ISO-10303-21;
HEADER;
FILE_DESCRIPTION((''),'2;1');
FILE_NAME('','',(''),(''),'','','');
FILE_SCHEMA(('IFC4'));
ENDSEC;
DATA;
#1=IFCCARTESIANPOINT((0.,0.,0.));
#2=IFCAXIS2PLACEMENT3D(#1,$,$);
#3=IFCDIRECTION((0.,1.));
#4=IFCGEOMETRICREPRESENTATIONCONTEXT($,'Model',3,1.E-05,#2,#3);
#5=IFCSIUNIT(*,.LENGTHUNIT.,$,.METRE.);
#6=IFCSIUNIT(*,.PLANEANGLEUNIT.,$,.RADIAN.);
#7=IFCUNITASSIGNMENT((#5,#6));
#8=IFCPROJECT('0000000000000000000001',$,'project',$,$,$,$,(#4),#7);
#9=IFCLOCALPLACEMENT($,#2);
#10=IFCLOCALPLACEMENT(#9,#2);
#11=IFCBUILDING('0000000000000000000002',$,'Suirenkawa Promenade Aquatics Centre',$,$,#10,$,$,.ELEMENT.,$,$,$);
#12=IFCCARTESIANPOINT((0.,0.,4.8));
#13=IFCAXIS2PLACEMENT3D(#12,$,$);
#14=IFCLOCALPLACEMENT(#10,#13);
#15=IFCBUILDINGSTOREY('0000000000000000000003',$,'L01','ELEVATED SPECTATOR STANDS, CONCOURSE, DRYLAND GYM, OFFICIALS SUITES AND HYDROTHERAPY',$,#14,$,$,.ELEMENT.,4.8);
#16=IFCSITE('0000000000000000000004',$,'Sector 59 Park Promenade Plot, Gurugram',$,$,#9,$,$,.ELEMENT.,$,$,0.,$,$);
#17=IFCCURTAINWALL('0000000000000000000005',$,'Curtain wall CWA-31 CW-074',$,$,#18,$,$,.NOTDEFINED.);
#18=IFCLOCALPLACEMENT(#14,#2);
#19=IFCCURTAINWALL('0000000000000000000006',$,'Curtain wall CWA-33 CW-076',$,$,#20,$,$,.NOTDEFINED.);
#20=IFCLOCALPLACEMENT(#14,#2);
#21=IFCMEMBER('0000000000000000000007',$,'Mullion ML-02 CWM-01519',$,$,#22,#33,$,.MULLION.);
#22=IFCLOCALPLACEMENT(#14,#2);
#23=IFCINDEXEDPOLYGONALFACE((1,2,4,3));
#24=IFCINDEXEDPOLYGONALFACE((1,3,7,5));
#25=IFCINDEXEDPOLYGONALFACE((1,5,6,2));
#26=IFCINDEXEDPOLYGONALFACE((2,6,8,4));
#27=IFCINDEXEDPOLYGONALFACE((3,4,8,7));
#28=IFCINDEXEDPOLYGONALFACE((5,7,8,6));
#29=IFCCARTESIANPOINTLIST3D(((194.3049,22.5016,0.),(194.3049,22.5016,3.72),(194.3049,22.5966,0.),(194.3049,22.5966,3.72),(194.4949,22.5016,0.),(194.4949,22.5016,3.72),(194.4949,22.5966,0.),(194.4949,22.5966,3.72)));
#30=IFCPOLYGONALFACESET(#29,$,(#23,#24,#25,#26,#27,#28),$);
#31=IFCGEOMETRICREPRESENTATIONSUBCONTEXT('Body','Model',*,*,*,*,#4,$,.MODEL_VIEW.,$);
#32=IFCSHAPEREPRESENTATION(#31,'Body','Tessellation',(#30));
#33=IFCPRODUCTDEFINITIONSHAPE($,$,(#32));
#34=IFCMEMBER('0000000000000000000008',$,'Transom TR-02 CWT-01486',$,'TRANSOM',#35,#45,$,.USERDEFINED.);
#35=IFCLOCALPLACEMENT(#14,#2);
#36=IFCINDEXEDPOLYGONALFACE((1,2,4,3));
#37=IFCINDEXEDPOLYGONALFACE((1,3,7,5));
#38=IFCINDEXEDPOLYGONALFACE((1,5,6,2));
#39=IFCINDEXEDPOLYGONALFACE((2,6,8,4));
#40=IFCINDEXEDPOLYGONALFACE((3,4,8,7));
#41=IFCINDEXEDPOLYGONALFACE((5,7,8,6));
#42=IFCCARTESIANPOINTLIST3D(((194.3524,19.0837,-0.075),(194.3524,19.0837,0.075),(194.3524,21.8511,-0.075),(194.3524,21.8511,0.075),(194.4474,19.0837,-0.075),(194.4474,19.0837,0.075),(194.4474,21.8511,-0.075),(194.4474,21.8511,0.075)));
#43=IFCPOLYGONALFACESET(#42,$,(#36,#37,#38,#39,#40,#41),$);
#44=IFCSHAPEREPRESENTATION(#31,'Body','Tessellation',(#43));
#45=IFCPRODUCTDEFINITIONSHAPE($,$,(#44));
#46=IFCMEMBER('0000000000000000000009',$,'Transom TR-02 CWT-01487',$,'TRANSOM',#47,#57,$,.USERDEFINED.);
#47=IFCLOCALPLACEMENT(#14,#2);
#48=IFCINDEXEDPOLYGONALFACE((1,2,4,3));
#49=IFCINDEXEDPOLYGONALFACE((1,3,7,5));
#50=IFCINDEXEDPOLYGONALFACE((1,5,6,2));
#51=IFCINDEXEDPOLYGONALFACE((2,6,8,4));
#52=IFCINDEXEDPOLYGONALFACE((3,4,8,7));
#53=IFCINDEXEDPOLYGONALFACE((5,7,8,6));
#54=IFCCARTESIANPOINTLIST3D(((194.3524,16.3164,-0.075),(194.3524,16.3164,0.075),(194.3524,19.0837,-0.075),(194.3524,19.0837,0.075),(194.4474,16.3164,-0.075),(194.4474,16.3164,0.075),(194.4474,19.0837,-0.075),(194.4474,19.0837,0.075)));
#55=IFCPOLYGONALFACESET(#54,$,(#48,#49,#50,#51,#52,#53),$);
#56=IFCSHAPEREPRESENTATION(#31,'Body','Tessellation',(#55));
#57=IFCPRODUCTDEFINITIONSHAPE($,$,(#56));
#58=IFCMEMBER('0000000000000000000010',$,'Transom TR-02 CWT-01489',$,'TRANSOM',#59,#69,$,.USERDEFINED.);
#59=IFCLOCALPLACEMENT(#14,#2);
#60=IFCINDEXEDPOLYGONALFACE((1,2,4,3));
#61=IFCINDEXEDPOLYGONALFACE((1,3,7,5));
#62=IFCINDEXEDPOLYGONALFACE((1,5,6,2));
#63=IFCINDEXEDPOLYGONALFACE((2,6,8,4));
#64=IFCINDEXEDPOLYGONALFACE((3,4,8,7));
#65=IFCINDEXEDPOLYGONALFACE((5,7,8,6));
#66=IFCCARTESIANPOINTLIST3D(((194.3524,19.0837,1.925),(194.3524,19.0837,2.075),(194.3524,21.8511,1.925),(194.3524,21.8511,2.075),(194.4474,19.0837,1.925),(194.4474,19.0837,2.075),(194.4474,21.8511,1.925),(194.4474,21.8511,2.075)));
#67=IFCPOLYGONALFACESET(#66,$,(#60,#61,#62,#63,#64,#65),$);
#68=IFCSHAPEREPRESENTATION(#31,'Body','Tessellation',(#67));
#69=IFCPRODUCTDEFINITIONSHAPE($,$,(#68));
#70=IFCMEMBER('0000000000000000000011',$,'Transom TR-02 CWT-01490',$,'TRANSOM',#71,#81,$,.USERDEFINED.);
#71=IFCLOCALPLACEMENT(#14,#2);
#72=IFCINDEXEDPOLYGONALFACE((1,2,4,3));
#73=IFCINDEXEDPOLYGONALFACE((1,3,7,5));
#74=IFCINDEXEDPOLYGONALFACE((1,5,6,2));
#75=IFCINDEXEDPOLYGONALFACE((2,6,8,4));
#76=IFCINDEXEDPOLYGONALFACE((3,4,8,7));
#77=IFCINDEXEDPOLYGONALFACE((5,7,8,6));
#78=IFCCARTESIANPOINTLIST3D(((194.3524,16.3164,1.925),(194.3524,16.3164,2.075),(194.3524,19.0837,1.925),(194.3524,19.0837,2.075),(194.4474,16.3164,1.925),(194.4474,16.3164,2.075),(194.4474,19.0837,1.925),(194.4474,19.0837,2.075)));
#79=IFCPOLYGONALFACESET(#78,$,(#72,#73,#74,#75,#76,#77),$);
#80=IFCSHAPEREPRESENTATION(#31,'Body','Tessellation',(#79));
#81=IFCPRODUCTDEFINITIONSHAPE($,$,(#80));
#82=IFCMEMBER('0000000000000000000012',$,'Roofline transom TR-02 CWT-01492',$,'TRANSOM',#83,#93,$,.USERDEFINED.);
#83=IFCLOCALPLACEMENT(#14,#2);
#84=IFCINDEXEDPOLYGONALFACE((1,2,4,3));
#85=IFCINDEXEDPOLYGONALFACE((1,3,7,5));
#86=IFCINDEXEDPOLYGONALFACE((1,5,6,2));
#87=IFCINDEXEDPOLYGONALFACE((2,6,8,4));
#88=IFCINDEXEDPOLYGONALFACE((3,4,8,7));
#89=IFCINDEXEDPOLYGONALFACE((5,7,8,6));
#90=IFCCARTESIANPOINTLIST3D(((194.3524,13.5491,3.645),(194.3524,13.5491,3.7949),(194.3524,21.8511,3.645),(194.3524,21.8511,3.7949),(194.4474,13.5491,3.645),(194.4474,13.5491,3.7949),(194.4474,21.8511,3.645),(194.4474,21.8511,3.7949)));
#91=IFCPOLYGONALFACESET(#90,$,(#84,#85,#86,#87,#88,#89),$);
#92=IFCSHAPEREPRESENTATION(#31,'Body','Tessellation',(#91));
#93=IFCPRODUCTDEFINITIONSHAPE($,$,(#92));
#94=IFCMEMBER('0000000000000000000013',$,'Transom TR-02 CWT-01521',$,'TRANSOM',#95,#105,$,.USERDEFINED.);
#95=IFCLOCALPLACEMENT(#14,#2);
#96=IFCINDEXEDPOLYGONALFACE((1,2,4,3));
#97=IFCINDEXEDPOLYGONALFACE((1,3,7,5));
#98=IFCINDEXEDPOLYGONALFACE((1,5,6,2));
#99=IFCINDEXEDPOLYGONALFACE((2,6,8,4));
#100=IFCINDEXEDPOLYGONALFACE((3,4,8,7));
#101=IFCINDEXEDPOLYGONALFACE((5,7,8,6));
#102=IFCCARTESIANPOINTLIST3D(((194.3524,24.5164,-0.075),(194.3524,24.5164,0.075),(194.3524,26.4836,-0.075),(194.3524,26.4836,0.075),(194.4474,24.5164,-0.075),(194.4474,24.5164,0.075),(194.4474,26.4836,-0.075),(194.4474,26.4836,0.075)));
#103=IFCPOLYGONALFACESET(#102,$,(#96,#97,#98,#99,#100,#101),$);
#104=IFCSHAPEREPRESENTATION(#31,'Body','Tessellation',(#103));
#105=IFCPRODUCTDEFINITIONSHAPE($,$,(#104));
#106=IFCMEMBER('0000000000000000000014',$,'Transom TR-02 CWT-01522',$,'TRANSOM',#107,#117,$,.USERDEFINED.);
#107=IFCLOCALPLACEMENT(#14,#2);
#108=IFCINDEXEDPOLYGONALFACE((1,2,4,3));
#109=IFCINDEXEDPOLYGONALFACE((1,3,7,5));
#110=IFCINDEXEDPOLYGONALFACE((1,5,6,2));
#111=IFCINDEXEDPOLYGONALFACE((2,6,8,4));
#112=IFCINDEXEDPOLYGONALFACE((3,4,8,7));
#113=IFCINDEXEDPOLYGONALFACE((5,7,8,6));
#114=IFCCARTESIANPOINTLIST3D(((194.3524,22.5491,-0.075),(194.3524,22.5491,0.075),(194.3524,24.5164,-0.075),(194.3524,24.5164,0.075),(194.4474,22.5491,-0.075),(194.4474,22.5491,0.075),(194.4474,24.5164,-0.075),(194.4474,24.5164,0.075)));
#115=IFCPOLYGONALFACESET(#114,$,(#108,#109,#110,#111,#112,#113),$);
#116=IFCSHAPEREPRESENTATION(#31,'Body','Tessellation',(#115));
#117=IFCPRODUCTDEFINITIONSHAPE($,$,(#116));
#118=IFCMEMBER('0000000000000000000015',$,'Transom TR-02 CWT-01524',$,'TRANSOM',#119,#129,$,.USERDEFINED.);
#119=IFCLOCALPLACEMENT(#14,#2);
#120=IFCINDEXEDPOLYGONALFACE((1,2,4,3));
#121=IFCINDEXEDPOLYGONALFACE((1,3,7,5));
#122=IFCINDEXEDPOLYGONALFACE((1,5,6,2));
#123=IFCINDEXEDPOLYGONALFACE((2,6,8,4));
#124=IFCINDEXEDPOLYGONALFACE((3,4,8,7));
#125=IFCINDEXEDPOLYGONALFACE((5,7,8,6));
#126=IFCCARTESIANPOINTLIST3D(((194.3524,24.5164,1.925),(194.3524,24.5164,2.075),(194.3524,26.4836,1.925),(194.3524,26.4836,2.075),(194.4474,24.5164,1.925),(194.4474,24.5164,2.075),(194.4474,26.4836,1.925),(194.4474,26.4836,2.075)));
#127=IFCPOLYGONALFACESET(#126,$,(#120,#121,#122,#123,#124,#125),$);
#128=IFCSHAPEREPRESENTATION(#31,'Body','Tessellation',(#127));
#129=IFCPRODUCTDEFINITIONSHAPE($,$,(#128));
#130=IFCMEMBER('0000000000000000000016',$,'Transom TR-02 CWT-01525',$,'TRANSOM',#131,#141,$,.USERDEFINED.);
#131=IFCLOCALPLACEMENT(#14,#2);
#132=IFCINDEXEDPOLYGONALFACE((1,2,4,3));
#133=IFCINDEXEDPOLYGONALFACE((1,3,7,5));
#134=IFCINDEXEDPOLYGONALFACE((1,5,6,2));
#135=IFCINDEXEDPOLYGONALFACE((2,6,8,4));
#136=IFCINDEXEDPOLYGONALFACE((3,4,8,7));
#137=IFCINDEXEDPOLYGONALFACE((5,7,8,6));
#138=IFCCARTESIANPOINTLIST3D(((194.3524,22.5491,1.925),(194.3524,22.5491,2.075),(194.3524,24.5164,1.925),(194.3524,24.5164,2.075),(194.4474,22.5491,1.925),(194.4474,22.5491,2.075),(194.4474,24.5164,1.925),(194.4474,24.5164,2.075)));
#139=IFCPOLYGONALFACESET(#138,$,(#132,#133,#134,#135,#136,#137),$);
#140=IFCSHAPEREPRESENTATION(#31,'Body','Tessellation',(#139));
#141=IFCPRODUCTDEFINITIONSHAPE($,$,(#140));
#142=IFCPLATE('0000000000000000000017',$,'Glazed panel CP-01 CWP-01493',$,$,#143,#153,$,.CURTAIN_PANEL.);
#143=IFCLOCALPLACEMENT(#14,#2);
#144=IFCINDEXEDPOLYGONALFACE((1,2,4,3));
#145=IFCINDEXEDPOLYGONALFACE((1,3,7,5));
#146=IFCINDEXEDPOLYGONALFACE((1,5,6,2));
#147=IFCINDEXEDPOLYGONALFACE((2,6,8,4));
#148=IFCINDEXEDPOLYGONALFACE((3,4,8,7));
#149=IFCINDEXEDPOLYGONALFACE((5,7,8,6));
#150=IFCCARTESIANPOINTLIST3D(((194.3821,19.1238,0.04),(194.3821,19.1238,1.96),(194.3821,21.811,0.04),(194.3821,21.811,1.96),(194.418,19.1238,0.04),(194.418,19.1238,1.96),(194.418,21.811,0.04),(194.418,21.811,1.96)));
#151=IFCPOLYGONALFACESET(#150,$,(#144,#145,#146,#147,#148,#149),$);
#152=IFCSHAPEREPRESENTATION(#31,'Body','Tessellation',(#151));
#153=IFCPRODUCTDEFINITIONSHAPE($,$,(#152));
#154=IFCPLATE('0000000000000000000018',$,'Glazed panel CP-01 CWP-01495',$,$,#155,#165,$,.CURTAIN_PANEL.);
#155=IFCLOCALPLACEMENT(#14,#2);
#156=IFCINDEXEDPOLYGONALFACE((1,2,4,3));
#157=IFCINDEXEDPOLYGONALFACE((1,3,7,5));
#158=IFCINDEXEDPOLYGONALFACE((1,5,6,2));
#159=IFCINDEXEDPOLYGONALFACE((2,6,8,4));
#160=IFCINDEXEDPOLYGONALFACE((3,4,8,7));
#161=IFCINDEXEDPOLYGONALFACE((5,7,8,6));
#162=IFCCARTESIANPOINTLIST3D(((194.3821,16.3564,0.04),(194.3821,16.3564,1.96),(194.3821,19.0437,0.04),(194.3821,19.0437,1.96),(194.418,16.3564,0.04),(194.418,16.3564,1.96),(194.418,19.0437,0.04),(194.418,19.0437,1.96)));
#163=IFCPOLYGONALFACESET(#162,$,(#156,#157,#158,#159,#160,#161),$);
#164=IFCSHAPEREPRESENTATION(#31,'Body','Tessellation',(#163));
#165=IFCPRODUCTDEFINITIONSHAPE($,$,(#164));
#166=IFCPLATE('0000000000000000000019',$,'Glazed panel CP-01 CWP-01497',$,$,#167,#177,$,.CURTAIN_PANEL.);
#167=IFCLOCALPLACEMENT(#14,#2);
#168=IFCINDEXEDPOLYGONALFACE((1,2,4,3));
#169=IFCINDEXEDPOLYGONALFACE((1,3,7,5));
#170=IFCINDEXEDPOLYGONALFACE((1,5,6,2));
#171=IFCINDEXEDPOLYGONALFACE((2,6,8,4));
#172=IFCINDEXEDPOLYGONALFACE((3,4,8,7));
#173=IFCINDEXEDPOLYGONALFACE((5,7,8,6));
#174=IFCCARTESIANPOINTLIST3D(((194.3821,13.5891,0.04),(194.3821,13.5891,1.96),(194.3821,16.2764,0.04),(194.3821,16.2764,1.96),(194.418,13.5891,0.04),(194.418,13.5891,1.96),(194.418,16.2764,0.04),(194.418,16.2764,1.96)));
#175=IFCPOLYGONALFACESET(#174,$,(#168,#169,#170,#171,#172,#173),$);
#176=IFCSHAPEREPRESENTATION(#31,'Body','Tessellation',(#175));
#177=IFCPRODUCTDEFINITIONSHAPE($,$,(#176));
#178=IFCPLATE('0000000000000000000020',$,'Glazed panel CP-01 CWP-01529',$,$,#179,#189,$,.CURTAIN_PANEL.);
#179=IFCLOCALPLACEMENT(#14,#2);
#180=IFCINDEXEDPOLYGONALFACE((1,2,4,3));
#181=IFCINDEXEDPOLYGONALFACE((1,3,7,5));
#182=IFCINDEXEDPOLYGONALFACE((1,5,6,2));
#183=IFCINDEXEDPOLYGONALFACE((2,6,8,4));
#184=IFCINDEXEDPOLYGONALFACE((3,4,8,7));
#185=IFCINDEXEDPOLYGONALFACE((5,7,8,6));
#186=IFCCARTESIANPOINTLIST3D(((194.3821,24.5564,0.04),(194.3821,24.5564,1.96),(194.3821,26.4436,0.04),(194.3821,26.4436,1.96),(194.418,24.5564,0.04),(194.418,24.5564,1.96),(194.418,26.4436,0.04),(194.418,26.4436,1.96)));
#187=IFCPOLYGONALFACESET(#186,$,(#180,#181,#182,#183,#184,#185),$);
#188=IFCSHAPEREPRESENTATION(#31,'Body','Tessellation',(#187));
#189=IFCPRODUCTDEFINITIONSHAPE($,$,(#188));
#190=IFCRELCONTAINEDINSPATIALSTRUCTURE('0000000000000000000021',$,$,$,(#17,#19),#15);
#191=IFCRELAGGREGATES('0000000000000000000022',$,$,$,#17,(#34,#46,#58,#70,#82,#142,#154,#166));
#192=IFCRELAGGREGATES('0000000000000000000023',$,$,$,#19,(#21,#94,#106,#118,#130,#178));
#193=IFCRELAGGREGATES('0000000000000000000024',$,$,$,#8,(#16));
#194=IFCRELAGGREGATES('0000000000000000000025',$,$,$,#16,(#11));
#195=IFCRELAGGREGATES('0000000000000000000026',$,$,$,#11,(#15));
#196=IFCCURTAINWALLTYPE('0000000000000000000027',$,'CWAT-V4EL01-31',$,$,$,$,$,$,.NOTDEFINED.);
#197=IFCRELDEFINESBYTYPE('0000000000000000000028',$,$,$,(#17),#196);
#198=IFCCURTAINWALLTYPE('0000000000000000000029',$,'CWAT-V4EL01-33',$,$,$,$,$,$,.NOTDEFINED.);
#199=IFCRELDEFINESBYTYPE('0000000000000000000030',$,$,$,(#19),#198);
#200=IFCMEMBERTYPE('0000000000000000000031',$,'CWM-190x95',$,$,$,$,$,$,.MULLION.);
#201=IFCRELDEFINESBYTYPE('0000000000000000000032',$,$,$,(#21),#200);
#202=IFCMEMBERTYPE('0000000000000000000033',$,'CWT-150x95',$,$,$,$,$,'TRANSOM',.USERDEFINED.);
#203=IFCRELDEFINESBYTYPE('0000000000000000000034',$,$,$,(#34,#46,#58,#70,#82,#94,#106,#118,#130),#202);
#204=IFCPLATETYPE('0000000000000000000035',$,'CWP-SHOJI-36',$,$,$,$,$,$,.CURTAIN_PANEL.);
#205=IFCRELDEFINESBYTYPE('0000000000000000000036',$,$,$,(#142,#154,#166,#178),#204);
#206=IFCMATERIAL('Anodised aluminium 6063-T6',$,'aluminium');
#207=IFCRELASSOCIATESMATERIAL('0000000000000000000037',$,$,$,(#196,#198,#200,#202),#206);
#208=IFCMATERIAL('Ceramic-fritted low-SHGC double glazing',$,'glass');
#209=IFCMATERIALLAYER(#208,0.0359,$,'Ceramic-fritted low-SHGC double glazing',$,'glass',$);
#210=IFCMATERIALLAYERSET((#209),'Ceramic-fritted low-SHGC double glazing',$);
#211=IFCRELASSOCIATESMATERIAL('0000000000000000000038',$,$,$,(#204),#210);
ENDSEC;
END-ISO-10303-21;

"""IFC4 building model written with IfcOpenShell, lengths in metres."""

from ifc_helpers import new_model, si_unit, direction, frame, origin, origin_2d, place, context, subcontext, project, spatial, polyline, rectangle, outline, extrude, material, layer, layer_set, material_profile, profile_set, type_object, element, aggregate, save


model = new_model("IFC4")

# Units and contexts
model_context = context("Model", 3, precision=1e-05, world=origin(), true_north=direction((0.0, 1.0)))
body_context = subcontext(model_context, "Body", "Model", "MODEL_VIEW")
ifc_project = project(units=[si_unit("LENGTHUNIT", "METRE"), si_unit("PLANEANGLEUNIT", "RADIAN")], contexts=[model_context])

# Site, building, storey
site_placement = place(None, origin())
site = spatial("IfcSite", under=ifc_project, at=site_placement, Name="Sector 59 Park Promenade Plot, Gurugram", CompositionType="ELEMENT", RefElevation=0.0)
building_placement = place(site_placement, origin())
building = spatial("IfcBuilding", under=site, at=building_placement, Name="Suirenkawa Promenade Aquatics Centre", CompositionType="ELEMENT")
storey_placement = place(building_placement, frame((0.0, 0.0, 4.8)))
storey = spatial("IfcBuildingStorey", under=building, at=storey_placement, Name="L01", Description="ELEVATED SPECTATOR STANDS, CONCOURSE, DRYLAND GYM, OFFICIALS SUITES AND HYDROTHERAPY", CompositionType="ELEMENT", Elevation=4.8)

# Curtain walls, member
ifc_material_1 = material(Name="Anodised aluminium 6063-T6", Category="aluminium")
curtain_wall_type_1 = type_object("IfcCurtainWallType", Name="CWAT-V4EL01-31", PredefinedType="NOTDEFINED", material=ifc_material_1)
curtain_wall_1_placement = place(storey_placement, origin())
curtain_wall_1 = element("IfcCurtainWall", 1, at=curtain_wall_1_placement, inside=storey, type_object=curtain_wall_type_1, Name="Curtain wall CWA-31 CW-074", PredefinedType="NOTDEFINED")
ifc_material_profile_1 = material_profile(ifc_material_1, rectangle(XDim=0.095, YDim=0.1899, at=origin_2d()), Name="ALU MULL 95x190", Category="aluminium")
ifc_profile_set_1 = profile_set([ifc_material_profile_1], Name="Anodised aluminium 6063-T6")
member_type_1 = type_object("IfcMemberType", Name="CWM-190x95", PredefinedType="MULLION", material=ifc_profile_set_1)
curtain_wall_type_2 = type_object("IfcCurtainWallType", Name="CWAT-V4EL01-33", PredefinedType="NOTDEFINED", material=ifc_material_1)
curtain_wall_2_placement = place(storey_placement, origin())
curtain_wall_2 = element("IfcCurtainWall", 2, at=curtain_wall_2_placement, inside=storey, type_object=curtain_wall_type_2, Name="Curtain wall CWA-33 CW-076", PredefinedType="NOTDEFINED")
member_1_placement = place(storey_placement, frame((194.3999, 22.5491, 0.0), z_axis=(0.0, 0.0, 1.0), x_axis=(0.0, -1.0, 0.0)))
member_1 = element("IfcMember", 3, at=member_1_placement, type_object=member_type_1, Name="Mullion ML-02 CWM-01519", PredefinedType="MULLION", context=body_context, shape_type="SweptSolid", body=[
    extrude(rectangle(XDim=0.095, YDim=0.1899, at=origin_2d()), origin(), (0.0, 0.0, 1.0), 3.72),
])

# Members
ifc_material_profile_2 = material_profile(ifc_material_1, rectangle(XDim=0.095, YDim=0.1499, at=origin_2d()), Name="ALU TRAN 95x150", Category="aluminium")
ifc_profile_set_2 = profile_set([ifc_material_profile_2], Name="Anodised aluminium 6063-T6")
member_type_2 = type_object("IfcMemberType", Name="CWT-150x95", ElementType="TRANSOM", PredefinedType="USERDEFINED", material=ifc_profile_set_2)
member_2_placement = place(storey_placement, frame((194.3999, 21.8511, 0.0), z_axis=(0.0, -1.0, 0.0), x_axis=(1.0, 0.0, 0.0)))
member_2 = element("IfcMember", 4, at=member_2_placement, type_object=member_type_2, Name="Transom TR-02 CWT-01486", ObjectType="TRANSOM", PredefinedType="USERDEFINED", context=body_context, shape_type="SweptSolid", body=[
    extrude(rectangle(XDim=0.095, YDim=0.1499, at=origin_2d()), origin(), (0.0, 0.0, 1.0), 2.7673),
])
member_3_placement = place(storey_placement, frame((194.3999, 19.0837, 0.0), z_axis=(0.0, -1.0, 0.0), x_axis=(1.0, 0.0, 0.0)))
member_3 = element("IfcMember", 5, at=member_3_placement, type_object=member_type_2, Name="Transom TR-02 CWT-01487", ObjectType="TRANSOM", PredefinedType="USERDEFINED", context=body_context, shape_type="SweptSolid", body=[
    extrude(rectangle(XDim=0.095, YDim=0.1499, at=origin_2d()), origin(), (0.0, 0.0, 1.0), 2.7673),
])
member_4_placement = place(storey_placement, frame((194.3999, 21.8511, 2.0), z_axis=(0.0, -1.0, 0.0), x_axis=(1.0, 0.0, 0.0)))
member_4 = element("IfcMember", 6, at=member_4_placement, type_object=member_type_2, Name="Transom TR-02 CWT-01489", ObjectType="TRANSOM", PredefinedType="USERDEFINED", context=body_context, shape_type="SweptSolid", body=[
    extrude(rectangle(XDim=0.095, YDim=0.1499, at=origin_2d()), origin(), (0.0, 0.0, 1.0), 2.7673),
])
member_5_placement = place(storey_placement, frame((194.3999, 19.0837, 2.0), z_axis=(0.0, -1.0, 0.0), x_axis=(1.0, 0.0, 0.0)))
member_5 = element("IfcMember", 7, at=member_5_placement, type_object=member_type_2, Name="Transom TR-02 CWT-01490", ObjectType="TRANSOM", PredefinedType="USERDEFINED", context=body_context, shape_type="SweptSolid", body=[
    extrude(rectangle(XDim=0.095, YDim=0.1499, at=origin_2d()), origin(), (0.0, 0.0, 1.0), 2.7673),
])
member_6_placement = place(storey_placement, frame((194.3999, 21.8511, 3.72), z_axis=(0.0, -1.0, 0.0), x_axis=(1.0, 0.0, 0.0)))
member_6 = element("IfcMember", 8, at=member_6_placement, type_object=member_type_2, Name="Roofline transom TR-02 CWT-01492", ObjectType="TRANSOM", PredefinedType="USERDEFINED", context=body_context, shape_type="SweptSolid", body=[
    extrude(rectangle(XDim=0.095, YDim=0.1499, at=origin_2d()), origin(), (0.0, 0.0, 1.0), 8.302),
])
member_7_placement = place(storey_placement, frame((194.3999, 26.4836, 0.0), z_axis=(0.0, -1.0, 0.0), x_axis=(1.0, 0.0, 0.0)))
member_7 = element("IfcMember", 9, at=member_7_placement, type_object=member_type_2, Name="Transom TR-02 CWT-01521", ObjectType="TRANSOM", PredefinedType="USERDEFINED", context=body_context, shape_type="SweptSolid", body=[
    extrude(rectangle(XDim=0.095, YDim=0.1499, at=origin_2d()), origin(), (0.0, 0.0, 1.0), 1.9673),
])
member_8_placement = place(storey_placement, frame((194.3999, 24.5164, 0.0), z_axis=(0.0, -1.0, 0.0), x_axis=(1.0, 0.0, 0.0)))
member_8 = element("IfcMember", 10, at=member_8_placement, type_object=member_type_2, Name="Transom TR-02 CWT-01522", ObjectType="TRANSOM", PredefinedType="USERDEFINED", context=body_context, shape_type="SweptSolid", body=[
    extrude(rectangle(XDim=0.095, YDim=0.1499, at=origin_2d()), origin(), (0.0, 0.0, 1.0), 1.9673),
])
member_9_placement = place(storey_placement, frame((194.3999, 26.4836, 2.0), z_axis=(0.0, -1.0, 0.0), x_axis=(1.0, 0.0, 0.0)))
member_9 = element("IfcMember", 11, at=member_9_placement, type_object=member_type_2, Name="Transom TR-02 CWT-01524", ObjectType="TRANSOM", PredefinedType="USERDEFINED", context=body_context, shape_type="SweptSolid", body=[
    extrude(rectangle(XDim=0.095, YDim=0.1499, at=origin_2d()), origin(), (0.0, 0.0, 1.0), 1.9673),
])
member_10_placement = place(storey_placement, frame((194.3999, 24.5164, 2.0), z_axis=(0.0, -1.0, 0.0), x_axis=(1.0, 0.0, 0.0)))
member_10 = element("IfcMember", 12, at=member_10_placement, type_object=member_type_2, Name="Transom TR-02 CWT-01525", ObjectType="TRANSOM", PredefinedType="USERDEFINED", context=body_context, shape_type="SweptSolid", body=[
    extrude(rectangle(XDim=0.095, YDim=0.1499, at=origin_2d()), origin(), (0.0, 0.0, 1.0), 1.9673),
])

# Plates
ifc_material_2 = material(Name="Ceramic-fritted low-SHGC double glazing", Category="glass")
ifc_layer = layer(ifc_material_2, 0.0359, Name="Ceramic-fritted low-SHGC double glazing", Category="glass")
ifc_layer_set = layer_set([ifc_layer], Name="Ceramic-fritted low-SHGC double glazing")
plate_type = type_object("IfcPlateType", Name="CWP-SHOJI-36", PredefinedType="CURTAIN_PANEL", material=ifc_layer_set)
plate_1_placement = place(storey_placement, frame((194.3999, 21.8511, 0.04), z_axis=(0.0, 0.0, 1.0), x_axis=(0.0, -1.0, 0.0)))
plate_1 = element("IfcPlate", 13, at=plate_1_placement, type_object=plate_type, Name="Glazed panel CP-01 CWP-01493", PredefinedType="CURTAIN_PANEL", context=body_context, shape_type="SweptSolid", body=[
    extrude(outline(polyline([(0.04, 0.0), (2.7273, 0.0), (2.7273, 1.9199), (0.04, 1.9199), (0.04, 0.0)])), frame((0.0, 0.0181, 0.0), z_axis=(0.0, -1.0, 0.0), x_axis=(1.0, 0.0, 0.0)), (0.0, 0.0, 1.0), 0.0359),
])
plate_2_placement = place(storey_placement, frame((194.3999, 19.0837, 0.04), z_axis=(0.0, 0.0, 1.0), x_axis=(0.0, -1.0, 0.0)))
plate_2 = element("IfcPlate", 14, at=plate_2_placement, type_object=plate_type, Name="Glazed panel CP-01 CWP-01495", PredefinedType="CURTAIN_PANEL", context=body_context, shape_type="SweptSolid", body=[
    extrude(outline(polyline([(0.04, 0.0), (2.7273, 0.0), (2.7273, 1.9199), (0.04, 1.9199), (0.04, 0.0)])), frame((0.0, 0.0181, 0.0), z_axis=(0.0, -1.0, 0.0), x_axis=(1.0, 0.0, 0.0)), (0.0, 0.0, 1.0), 0.0359),
])
plate_3_placement = place(storey_placement, frame((194.3999, 16.3164, 0.04), z_axis=(0.0, 0.0, 1.0), x_axis=(0.0, -1.0, 0.0)))
plate_3 = element("IfcPlate", 15, at=plate_3_placement, type_object=plate_type, Name="Glazed panel CP-01 CWP-01497", PredefinedType="CURTAIN_PANEL", context=body_context, shape_type="SweptSolid", body=[
    extrude(outline(polyline([(0.04, 0.0), (2.7273, 0.0), (2.7273, 1.9199), (0.04, 1.9199), (0.04, 0.0)])), frame((0.0, 0.0181, 0.0), z_axis=(0.0, -1.0, 0.0), x_axis=(1.0, 0.0, 0.0)), (0.0, 0.0, 1.0), 0.0359),
])
aggregate(curtain_wall_1, [member_2, member_3, member_4, member_5, member_6, plate_1, plate_2, plate_3])
plate_4_placement = place(storey_placement, frame((194.3999, 26.4836, 0.04), z_axis=(0.0, 0.0, 1.0), x_axis=(0.0, -1.0, 0.0)))
plate_4 = element("IfcPlate", 16, at=plate_4_placement, type_object=plate_type, Name="Glazed panel CP-01 CWP-01529", PredefinedType="CURTAIN_PANEL", context=body_context, shape_type="SweptSolid", body=[
    extrude(outline(polyline([(0.04, 0.0), (1.9272, 0.0), (1.9272, 1.9199), (0.04, 1.9199), (0.04, 0.0)])), frame((0.0, 0.0181, 0.0), z_axis=(0.0, -1.0, 0.0), x_axis=(1.0, 0.0, 0.0)), (0.0, 0.0, 1.0), 0.0359),
])
aggregate(curtain_wall_2, [member_1, member_7, member_8, member_9, member_10, plate_4])

save(model, "model.ifc")
